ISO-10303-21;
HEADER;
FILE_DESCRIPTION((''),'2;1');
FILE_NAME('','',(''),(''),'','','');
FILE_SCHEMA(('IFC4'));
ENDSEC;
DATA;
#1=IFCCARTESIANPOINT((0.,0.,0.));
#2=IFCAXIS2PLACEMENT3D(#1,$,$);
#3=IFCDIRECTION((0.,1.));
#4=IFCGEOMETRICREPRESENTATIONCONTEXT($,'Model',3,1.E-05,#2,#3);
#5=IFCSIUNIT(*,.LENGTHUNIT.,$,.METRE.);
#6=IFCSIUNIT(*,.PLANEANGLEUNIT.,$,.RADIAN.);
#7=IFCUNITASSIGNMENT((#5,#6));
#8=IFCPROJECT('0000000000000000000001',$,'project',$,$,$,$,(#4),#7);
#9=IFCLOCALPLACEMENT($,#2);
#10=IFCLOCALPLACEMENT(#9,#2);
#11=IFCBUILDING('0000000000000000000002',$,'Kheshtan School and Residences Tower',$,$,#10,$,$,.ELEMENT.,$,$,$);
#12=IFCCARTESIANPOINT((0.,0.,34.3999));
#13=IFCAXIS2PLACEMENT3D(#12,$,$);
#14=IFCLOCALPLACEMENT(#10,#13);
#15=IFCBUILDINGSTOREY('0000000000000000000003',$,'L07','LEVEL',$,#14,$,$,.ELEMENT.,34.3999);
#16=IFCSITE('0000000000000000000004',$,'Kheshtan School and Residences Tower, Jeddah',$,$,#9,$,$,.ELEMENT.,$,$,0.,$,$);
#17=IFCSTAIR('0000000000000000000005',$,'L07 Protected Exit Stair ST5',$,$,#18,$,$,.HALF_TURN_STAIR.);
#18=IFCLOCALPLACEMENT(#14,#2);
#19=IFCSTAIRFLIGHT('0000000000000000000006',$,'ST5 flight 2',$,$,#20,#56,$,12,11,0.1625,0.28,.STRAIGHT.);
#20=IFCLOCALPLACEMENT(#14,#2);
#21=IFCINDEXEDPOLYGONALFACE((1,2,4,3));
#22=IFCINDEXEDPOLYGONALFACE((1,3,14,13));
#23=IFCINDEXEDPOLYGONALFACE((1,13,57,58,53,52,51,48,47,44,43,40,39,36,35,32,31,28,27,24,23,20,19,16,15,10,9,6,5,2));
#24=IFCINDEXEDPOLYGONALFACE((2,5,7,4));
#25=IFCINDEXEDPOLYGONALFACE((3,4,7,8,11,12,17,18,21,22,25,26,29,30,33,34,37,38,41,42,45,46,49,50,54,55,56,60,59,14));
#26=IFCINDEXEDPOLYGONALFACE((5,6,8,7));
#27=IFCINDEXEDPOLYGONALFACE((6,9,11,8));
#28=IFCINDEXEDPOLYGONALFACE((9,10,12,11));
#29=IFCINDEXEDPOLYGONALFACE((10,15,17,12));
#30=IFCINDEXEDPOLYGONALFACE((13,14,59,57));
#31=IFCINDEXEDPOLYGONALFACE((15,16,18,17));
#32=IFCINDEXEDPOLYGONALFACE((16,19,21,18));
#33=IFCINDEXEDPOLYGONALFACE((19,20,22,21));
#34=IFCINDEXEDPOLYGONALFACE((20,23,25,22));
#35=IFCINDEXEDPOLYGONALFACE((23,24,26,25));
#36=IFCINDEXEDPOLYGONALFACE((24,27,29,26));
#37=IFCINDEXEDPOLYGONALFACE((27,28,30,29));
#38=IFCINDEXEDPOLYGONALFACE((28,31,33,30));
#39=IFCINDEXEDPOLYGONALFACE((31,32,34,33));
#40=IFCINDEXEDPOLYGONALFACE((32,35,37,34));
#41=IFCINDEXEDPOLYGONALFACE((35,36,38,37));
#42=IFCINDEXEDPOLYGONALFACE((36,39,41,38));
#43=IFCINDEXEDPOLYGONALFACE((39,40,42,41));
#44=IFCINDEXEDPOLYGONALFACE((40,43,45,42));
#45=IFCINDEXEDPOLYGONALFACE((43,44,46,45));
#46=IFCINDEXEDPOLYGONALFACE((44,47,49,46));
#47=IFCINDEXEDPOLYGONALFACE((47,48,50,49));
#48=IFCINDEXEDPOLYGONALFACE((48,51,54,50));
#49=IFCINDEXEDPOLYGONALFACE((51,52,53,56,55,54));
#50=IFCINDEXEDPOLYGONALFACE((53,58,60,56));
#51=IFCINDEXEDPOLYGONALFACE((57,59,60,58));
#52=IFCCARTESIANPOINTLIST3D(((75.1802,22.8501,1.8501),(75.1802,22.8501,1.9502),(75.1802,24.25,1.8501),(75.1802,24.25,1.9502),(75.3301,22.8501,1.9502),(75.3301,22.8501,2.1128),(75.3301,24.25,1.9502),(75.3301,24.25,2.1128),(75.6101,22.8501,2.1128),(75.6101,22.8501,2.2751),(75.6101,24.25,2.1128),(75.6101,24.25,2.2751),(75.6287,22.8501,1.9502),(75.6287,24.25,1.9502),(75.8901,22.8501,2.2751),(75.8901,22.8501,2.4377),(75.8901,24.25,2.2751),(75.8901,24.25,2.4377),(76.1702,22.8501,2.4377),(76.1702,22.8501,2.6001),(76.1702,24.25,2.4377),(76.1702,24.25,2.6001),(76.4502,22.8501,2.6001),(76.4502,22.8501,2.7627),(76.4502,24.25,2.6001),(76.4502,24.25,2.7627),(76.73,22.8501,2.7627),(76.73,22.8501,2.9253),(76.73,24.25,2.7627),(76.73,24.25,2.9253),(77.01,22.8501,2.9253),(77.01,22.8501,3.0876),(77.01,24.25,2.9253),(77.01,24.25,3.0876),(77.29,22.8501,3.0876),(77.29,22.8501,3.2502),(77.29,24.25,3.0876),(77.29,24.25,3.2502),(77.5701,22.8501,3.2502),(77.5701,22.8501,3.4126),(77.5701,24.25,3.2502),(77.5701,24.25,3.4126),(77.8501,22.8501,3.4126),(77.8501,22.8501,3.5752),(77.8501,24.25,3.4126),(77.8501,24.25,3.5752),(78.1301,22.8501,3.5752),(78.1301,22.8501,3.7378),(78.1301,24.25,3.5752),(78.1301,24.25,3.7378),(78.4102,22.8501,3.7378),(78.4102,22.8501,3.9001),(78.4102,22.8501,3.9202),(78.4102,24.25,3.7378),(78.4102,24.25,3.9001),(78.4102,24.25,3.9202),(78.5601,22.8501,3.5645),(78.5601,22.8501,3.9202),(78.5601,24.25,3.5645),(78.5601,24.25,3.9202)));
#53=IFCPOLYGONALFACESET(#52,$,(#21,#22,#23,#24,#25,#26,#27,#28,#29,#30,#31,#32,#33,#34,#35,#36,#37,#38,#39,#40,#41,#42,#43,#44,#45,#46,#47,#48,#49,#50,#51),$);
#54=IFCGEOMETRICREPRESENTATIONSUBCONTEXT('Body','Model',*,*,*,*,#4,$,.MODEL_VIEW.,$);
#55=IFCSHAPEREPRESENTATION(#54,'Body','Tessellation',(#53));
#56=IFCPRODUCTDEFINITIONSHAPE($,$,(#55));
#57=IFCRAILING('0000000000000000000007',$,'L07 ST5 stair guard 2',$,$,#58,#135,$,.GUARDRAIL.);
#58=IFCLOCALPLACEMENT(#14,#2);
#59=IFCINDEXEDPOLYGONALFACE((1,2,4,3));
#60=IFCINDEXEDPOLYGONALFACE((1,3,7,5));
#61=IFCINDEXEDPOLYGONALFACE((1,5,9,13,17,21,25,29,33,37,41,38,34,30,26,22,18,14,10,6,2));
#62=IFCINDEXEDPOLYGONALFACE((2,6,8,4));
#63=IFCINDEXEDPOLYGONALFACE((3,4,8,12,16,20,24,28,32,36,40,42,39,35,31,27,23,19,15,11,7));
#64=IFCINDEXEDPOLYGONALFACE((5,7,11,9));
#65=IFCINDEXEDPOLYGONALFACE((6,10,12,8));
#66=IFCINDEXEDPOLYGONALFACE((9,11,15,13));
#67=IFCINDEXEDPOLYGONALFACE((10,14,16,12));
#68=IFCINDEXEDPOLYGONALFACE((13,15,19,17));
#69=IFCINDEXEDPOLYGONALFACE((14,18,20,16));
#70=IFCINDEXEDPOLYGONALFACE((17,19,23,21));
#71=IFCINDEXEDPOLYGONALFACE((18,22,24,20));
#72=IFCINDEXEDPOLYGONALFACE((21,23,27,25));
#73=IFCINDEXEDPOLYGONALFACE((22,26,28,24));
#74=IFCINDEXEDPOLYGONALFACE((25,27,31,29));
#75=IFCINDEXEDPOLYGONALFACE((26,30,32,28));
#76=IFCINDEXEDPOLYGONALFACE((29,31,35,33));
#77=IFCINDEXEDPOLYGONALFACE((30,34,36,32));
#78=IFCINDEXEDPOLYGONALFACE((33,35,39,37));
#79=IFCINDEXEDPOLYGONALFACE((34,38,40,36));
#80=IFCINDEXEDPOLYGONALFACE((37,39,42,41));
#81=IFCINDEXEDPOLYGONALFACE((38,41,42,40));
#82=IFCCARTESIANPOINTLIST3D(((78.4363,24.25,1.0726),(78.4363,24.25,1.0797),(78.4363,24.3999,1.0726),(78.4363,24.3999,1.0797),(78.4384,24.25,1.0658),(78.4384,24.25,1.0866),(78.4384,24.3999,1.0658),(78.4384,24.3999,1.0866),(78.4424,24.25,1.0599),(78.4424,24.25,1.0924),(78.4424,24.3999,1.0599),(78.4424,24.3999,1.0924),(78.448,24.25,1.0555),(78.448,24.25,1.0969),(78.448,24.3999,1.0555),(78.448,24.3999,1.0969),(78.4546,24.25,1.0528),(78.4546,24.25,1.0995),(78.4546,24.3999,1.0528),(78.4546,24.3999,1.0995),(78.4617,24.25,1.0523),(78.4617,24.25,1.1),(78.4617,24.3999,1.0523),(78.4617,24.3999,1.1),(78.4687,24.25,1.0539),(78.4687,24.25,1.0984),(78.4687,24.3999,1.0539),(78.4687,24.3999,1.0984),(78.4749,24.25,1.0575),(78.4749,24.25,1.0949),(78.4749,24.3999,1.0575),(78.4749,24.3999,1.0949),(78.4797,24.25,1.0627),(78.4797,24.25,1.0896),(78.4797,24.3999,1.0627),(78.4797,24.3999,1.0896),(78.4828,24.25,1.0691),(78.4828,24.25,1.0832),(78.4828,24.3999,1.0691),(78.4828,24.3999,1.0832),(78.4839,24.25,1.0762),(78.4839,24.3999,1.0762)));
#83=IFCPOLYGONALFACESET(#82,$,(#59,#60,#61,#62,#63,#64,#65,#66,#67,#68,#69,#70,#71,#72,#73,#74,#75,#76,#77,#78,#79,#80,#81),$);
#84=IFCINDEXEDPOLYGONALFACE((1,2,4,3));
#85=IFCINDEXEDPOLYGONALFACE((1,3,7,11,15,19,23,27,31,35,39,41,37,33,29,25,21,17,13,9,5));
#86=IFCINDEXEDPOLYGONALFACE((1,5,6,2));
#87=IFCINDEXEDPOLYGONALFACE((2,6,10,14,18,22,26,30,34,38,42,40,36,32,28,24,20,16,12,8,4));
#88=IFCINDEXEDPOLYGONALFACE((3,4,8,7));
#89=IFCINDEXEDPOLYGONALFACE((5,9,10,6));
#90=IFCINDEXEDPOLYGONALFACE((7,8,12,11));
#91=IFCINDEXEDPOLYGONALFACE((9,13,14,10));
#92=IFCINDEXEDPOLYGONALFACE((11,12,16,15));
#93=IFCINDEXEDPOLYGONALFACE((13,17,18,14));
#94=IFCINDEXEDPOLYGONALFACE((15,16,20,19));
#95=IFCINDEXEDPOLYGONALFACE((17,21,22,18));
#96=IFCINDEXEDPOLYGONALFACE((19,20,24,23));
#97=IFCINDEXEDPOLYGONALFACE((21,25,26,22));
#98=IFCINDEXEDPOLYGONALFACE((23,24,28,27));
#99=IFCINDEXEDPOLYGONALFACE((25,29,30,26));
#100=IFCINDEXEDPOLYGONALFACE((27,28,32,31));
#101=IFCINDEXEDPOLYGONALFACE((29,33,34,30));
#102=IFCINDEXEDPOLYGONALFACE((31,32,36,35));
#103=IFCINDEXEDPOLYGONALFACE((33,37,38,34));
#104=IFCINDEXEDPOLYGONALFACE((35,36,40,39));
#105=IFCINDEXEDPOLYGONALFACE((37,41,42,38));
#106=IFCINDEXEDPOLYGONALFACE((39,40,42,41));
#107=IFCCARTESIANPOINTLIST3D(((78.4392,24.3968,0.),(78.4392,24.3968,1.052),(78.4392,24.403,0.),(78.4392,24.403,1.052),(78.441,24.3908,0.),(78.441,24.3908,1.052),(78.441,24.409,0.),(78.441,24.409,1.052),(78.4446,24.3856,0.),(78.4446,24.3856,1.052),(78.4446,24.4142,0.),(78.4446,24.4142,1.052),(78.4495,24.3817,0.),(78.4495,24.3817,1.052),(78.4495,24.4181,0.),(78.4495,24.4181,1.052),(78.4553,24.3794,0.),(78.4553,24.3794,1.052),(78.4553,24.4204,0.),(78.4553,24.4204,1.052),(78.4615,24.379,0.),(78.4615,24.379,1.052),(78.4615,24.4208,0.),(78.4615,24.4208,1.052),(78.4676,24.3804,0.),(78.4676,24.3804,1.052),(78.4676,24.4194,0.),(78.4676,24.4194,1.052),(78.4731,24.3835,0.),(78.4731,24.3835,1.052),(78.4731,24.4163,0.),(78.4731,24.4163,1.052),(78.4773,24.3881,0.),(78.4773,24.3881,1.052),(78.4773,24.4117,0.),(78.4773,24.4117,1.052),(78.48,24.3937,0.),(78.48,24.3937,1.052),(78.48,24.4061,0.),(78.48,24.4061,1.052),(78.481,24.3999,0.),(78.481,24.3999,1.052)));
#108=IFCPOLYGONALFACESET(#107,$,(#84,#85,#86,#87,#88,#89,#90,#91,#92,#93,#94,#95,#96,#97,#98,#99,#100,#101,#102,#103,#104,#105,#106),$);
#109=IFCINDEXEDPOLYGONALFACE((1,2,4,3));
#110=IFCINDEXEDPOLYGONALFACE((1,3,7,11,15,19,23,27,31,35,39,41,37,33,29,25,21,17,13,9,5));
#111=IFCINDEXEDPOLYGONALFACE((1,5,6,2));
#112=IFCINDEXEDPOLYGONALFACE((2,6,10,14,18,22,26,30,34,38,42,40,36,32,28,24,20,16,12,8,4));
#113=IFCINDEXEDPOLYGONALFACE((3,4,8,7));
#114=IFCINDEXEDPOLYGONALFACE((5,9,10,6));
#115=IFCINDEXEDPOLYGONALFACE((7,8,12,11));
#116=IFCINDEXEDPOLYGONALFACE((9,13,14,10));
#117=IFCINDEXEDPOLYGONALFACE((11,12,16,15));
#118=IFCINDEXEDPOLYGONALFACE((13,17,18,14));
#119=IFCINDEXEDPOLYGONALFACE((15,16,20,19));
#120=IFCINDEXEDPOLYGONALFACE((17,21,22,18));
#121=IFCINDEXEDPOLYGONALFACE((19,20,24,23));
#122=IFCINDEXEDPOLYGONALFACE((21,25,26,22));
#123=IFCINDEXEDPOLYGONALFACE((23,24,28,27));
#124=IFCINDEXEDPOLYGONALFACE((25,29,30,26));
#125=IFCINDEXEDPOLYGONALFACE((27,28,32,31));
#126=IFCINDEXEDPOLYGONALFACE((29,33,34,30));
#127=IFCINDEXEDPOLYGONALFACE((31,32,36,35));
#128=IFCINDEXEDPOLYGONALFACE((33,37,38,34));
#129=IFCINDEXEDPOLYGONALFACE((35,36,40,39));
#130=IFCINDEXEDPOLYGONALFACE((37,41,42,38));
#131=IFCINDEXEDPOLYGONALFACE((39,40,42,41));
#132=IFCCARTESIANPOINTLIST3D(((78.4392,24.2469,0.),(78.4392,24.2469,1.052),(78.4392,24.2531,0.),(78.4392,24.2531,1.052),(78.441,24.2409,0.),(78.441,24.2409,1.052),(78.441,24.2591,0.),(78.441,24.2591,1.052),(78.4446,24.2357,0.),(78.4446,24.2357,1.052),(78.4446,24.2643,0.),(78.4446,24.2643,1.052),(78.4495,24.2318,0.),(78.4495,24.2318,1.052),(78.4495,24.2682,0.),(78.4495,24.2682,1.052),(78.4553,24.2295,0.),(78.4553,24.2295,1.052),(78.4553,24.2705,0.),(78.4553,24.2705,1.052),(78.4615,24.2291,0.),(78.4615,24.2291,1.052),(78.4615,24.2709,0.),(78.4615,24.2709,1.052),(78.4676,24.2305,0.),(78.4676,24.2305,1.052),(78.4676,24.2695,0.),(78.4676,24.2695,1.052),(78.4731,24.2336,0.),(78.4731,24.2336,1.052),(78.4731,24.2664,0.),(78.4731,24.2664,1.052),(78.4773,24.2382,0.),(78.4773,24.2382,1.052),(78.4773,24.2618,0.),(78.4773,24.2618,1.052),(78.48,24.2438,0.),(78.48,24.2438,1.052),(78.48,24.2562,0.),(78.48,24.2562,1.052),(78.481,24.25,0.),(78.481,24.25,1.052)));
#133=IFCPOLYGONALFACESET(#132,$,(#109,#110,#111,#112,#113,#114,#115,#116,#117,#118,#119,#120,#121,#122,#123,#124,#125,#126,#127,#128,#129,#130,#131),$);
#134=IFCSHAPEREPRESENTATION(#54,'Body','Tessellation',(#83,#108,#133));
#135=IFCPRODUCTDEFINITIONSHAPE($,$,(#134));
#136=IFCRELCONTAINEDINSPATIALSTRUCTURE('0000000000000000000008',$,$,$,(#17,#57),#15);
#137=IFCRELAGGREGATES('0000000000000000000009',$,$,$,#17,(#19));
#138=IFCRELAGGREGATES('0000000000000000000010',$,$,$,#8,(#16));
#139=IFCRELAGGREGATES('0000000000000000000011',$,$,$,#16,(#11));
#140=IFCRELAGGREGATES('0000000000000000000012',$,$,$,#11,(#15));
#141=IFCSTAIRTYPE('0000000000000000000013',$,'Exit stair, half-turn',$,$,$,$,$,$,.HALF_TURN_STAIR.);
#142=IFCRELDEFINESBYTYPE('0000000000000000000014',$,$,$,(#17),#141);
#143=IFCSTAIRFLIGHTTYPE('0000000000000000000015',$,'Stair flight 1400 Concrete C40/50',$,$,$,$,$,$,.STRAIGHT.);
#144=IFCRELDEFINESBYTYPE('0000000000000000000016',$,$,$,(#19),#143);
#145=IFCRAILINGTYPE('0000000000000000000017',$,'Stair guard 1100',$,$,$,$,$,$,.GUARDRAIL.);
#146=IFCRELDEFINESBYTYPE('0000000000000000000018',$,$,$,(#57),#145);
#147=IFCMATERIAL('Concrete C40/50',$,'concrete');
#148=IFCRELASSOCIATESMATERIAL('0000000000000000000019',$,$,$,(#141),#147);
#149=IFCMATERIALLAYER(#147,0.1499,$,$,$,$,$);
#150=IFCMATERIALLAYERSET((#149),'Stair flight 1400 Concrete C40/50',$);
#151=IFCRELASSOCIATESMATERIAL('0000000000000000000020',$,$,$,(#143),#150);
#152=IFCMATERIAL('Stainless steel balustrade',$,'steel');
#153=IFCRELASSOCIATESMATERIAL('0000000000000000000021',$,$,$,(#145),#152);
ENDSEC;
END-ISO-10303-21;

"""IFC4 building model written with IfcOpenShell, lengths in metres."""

from ifc_helpers import new_model, si_unit, direction, frame, origin, origin_2d, place, context, subcontext, project, spatial, polyline, circle, outline, extrude, material, layer, layer_set, type_object, element, aggregate, save


model = new_model("IFC4")

# Units and contexts
model_context = context("Model", 3, precision=1e-05, world=origin(), true_north=direction((0.0, 1.0)))
body_context = subcontext(model_context, "Body", "Model", "MODEL_VIEW")
ifc_project = project(units=[si_unit("LENGTHUNIT", "METRE"), si_unit("PLANEANGLEUNIT", "RADIAN")], contexts=[model_context])

# Site, building, storey
site_placement = place(None, origin())
site = spatial("IfcSite", under=ifc_project, at=site_placement, Name="Kheshtan School and Residences Tower, Jeddah", CompositionType="ELEMENT", RefElevation=0.0)
building_placement = place(site_placement, origin())
building = spatial("IfcBuilding", under=site, at=building_placement, Name="Kheshtan School and Residences Tower", CompositionType="ELEMENT")
storey_placement = place(building_placement, frame((0.0, 0.0, 34.3999)))
storey = spatial("IfcBuildingStorey", under=building, at=storey_placement, Name="L07", Description="LEVEL", CompositionType="ELEMENT", Elevation=34.3999)

# Shared definitions
ifc_material_1 = material(Name="Concrete C40/50", Category="concrete")

# Stair, stair flight
stair_type = type_object("IfcStairType", Name="Exit stair, half-turn", PredefinedType="HALF_TURN_STAIR", material=ifc_material_1)
stair_placement = place(storey_placement, origin())
stair = element("IfcStair", 1, at=stair_placement, inside=storey, type_object=stair_type, Name="L07 Protected Exit Stair ST5", PredefinedType="HALF_TURN_STAIR")
ifc_layer_1 = layer(ifc_material_1, 0.1499)
ifc_layer_set_1 = layer_set([ifc_layer_1], Name="Stair flight 1400 Concrete C40/50")
stair_flight_type = type_object("IfcStairFlightType", Name="Stair flight 1400 Concrete C40/50", PredefinedType="STRAIGHT", material=ifc_layer_set_1)
stair_flight_1_placement = place(storey_placement, frame((75.3301, 23.55, 1.9502), z_axis=(0.0, 0.0, 1.0), x_axis=(1.0, 0.0, 0.0)))
stair_flight_1 = element("IfcStairFlight", 2, at=stair_flight_1_placement, type_object=stair_flight_type, Name="ST5 flight 2", NumberOfRisers=12, NumberOfTreads=11, PredefinedType="STRAIGHT", RiserHeight=0.1625, TreadLength=0.28, context=body_context, shape_type="SweptSolid", body=[
    extrude(outline(polyline([(-0.1499, -0.1001), (-0.1499, 0.0), (0.0, 0.0), (0.0, 0.1626), (0.28, 0.1626), (0.28, 0.325), (0.5601, 0.325), (0.5601, 0.4875), (0.8401, 0.4875), (0.8401, 0.6499), (1.1201, 0.6499), (1.1201, 0.8125), (1.3999, 0.8125), (1.3999, 0.9751), (1.6799, 0.9751), (1.6799, 1.1375), (1.96, 1.1375), (1.96, 1.3), (2.24, 1.3), (2.24, 1.4624), (2.52, 1.4624), (2.52, 1.625), (2.8, 1.625), (2.8, 1.7876), (3.0801, 1.7876), (3.0801, 1.95), (3.0801, 1.97), (3.23, 1.97), (3.23, 1.6143), (0.2986, 0.0), (-0.1499, -0.1001)])), frame((0.0, 0.7, 0.0), z_axis=(0.0, -1.0, 0.0), x_axis=(1.0, 0.0, 0.0)), (0.0, 0.0, 1.0), 1.3999),
])
aggregate(stair, [stair_flight_1])

# Railing
ifc_material_2 = material(Name="Stainless steel balustrade", Category="steel")
railing_type_1 = type_object("IfcRailingType", Name="Stair guard 1100", PredefinedType="GUARDRAIL", material=ifc_material_2)
railing_1_placement = place(storey_placement, frame((78.46, 24.3999, 0.0)))
element("IfcRailing", 3, at=railing_1_placement, inside=storey, type_object=railing_type_1, Name="L07 ST5 stair guard 2", PredefinedType="GUARDRAIL", context=body_context, shape_type="SweptSolid", body=[
    extrude(circle(Radius=0.0239, at=origin_2d()), frame((0.0, 0.0, 1.0762), z_axis=(0.0, -1.0, 0.0), x_axis=(1.0, 0.0, 0.0)), (0.0, 0.0, 1.0), 0.1499),
    extrude(circle(Radius=0.021, at=origin_2d()), origin(), (0.0, 0.0, 1.0), 1.052),
    extrude(circle(Radius=0.021, at=origin_2d()), frame((0.0, -0.1499, 0.0)), (0.0, 0.0, 1.0), 1.052),
])

save(model, "model.ifc")
